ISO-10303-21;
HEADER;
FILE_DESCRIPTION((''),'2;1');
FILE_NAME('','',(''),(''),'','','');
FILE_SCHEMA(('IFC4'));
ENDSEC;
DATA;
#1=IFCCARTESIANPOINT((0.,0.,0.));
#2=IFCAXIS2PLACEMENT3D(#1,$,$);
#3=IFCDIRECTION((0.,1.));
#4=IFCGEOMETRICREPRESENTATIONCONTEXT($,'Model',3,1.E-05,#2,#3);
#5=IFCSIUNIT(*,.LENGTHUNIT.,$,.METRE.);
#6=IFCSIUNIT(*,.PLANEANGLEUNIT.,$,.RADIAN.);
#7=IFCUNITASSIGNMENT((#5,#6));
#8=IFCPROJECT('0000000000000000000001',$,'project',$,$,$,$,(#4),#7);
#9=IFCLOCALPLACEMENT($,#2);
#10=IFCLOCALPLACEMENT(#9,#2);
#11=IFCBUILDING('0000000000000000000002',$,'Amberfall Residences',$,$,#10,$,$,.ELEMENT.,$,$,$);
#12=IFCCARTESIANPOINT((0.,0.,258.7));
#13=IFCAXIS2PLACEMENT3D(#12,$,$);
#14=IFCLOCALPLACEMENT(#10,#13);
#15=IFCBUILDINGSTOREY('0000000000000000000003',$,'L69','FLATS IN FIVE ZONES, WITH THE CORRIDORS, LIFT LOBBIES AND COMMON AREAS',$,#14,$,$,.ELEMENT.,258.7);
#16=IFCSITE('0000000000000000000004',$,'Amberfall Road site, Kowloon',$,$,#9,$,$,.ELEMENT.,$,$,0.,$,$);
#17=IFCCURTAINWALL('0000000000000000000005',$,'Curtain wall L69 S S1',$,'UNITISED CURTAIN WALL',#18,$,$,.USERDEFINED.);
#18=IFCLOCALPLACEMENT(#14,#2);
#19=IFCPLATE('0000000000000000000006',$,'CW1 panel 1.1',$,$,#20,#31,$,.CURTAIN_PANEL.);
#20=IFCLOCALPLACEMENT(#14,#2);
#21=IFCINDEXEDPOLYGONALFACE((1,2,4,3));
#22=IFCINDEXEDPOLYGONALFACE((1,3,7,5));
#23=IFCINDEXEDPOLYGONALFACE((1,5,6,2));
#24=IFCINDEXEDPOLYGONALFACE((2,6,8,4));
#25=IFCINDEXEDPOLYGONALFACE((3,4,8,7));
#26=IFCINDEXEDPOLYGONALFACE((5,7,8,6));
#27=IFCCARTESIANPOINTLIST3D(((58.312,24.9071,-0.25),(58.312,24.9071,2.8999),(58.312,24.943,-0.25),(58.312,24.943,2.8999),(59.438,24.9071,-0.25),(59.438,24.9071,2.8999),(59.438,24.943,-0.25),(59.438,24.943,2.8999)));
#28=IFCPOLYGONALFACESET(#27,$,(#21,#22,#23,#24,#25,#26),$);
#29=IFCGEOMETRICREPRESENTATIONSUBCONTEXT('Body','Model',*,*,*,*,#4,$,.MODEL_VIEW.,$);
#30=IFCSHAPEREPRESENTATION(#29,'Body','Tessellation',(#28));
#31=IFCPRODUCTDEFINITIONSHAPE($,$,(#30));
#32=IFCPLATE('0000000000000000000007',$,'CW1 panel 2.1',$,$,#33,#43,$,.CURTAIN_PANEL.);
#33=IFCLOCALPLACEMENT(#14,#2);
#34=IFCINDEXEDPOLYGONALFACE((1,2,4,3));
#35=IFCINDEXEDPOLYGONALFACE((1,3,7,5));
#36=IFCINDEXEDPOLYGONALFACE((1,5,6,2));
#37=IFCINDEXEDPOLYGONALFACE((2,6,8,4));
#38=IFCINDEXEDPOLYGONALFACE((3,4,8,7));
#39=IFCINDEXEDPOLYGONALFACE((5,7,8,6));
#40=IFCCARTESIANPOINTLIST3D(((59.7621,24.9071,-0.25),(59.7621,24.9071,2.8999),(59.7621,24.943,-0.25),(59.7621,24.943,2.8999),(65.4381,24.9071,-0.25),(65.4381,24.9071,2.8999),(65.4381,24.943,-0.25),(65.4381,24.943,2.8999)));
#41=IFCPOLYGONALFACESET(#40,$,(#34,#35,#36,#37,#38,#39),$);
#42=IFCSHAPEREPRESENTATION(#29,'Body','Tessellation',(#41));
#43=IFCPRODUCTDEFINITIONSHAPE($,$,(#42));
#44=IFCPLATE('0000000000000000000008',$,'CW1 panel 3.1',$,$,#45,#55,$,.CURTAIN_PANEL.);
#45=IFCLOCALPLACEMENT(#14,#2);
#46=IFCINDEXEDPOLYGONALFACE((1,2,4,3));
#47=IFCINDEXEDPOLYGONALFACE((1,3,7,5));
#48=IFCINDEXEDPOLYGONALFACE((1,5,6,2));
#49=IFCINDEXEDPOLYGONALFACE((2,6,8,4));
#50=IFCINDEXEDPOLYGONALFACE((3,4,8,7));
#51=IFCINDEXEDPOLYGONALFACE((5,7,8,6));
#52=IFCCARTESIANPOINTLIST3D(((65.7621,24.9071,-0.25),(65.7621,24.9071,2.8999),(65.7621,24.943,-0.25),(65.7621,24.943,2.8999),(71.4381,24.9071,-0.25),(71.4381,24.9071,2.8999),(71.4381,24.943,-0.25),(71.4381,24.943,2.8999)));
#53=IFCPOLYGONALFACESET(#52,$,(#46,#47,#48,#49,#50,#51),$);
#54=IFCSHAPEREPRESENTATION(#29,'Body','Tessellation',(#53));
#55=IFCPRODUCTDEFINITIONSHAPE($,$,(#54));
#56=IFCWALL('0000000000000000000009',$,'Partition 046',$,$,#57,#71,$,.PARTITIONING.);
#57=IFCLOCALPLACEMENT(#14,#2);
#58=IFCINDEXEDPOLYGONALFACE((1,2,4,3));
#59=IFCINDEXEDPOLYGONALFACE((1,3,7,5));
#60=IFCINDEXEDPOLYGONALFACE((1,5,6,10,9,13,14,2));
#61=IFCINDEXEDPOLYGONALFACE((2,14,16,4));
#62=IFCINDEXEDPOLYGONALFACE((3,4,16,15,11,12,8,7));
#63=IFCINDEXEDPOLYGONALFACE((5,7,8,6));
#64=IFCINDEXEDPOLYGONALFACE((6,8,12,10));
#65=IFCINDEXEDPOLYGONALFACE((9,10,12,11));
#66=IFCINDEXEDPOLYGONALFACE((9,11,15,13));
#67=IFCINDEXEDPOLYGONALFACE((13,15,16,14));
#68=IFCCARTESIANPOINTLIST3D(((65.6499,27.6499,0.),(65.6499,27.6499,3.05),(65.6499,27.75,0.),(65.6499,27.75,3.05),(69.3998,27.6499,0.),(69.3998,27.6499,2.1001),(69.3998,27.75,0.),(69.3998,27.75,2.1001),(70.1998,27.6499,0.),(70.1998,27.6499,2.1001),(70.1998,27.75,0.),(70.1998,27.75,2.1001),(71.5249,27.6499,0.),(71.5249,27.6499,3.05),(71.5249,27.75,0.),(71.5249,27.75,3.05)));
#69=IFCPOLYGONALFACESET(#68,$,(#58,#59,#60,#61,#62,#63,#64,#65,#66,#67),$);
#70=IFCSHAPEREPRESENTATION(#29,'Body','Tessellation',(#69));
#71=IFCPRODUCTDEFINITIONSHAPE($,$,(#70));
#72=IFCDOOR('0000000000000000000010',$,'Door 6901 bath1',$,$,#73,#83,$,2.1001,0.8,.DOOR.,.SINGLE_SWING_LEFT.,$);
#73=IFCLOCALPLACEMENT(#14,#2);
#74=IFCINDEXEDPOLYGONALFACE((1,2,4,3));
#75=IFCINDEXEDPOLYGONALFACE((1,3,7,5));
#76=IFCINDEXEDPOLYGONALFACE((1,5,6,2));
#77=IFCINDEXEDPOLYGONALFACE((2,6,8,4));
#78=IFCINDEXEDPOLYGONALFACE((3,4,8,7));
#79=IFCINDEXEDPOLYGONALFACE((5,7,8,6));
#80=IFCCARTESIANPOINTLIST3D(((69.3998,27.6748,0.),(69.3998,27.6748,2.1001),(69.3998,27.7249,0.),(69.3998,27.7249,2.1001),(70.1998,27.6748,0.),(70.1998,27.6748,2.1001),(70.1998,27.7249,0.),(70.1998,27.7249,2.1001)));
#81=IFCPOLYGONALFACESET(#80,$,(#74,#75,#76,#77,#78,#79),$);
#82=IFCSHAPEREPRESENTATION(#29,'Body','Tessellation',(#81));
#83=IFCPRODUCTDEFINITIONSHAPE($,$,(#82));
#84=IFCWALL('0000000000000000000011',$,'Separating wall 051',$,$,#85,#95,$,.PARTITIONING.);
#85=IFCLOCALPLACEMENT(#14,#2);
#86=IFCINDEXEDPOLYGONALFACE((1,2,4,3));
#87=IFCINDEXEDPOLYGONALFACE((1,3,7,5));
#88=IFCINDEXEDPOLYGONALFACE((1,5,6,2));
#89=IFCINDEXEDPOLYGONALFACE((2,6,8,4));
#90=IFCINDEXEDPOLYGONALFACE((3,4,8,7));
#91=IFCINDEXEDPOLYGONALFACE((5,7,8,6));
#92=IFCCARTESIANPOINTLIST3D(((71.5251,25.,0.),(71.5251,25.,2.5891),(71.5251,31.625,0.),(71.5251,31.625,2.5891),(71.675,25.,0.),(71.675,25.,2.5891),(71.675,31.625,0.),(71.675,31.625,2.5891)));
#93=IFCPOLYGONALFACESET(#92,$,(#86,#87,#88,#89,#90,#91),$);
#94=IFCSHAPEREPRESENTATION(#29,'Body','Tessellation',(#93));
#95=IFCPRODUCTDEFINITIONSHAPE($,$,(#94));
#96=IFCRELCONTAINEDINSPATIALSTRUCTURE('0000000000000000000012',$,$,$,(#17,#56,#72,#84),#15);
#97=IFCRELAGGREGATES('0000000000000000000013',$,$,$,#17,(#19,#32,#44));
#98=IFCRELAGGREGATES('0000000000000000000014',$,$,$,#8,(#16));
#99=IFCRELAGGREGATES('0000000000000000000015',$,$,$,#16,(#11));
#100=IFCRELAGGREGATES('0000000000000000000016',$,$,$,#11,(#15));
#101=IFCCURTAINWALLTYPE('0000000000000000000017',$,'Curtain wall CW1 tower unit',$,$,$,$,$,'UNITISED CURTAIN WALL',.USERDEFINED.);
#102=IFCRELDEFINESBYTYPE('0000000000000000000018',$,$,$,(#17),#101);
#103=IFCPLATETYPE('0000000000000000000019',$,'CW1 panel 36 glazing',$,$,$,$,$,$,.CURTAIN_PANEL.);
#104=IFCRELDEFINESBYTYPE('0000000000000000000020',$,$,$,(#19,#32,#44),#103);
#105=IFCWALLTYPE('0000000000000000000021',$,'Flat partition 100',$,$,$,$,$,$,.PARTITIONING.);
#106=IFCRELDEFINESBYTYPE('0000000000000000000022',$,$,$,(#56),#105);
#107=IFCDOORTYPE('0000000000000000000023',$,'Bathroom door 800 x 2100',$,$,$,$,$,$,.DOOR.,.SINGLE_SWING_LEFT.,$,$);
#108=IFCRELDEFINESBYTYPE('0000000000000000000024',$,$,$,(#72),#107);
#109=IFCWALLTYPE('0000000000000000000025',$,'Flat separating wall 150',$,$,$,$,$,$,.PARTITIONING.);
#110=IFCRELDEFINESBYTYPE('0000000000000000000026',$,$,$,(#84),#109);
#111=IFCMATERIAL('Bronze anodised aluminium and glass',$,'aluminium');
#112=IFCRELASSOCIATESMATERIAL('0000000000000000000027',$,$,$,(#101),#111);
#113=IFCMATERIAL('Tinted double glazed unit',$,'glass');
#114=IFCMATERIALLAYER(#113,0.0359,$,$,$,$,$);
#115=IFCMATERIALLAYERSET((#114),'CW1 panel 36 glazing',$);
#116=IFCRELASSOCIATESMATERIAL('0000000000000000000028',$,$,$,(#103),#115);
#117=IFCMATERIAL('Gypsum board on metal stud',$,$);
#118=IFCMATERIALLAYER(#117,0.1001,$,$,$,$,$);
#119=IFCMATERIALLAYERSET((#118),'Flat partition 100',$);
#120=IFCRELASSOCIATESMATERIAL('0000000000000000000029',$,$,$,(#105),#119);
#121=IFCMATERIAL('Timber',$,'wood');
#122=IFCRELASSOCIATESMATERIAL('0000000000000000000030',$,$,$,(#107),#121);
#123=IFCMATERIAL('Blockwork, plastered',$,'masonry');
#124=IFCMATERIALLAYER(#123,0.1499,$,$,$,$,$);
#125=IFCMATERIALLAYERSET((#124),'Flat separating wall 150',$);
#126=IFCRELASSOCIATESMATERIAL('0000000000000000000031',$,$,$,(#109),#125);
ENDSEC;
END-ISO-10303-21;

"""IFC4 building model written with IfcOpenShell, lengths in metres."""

from ifc_helpers import new_model, si_unit, direction, frame, frame_2d, origin, origin_2d, place, context, subcontext, project, spatial, rectangle, extrude, material, layer, layer_set, type_object, element, fill, aggregate, save


model = new_model("IFC4")

# Units and contexts
model_context = context("Model", 3, precision=1e-05, world=origin(), true_north=direction((0.0, 1.0)))
body_context = subcontext(model_context, "Body", "Model", "MODEL_VIEW")
ifc_project = project(units=[si_unit("LENGTHUNIT", "METRE"), si_unit("PLANEANGLEUNIT", "RADIAN")], contexts=[model_context])

# Site, building, storey
site_placement = place(None, origin())
site = spatial("IfcSite", under=ifc_project, at=site_placement, Name="Amberfall Road site, Kowloon", CompositionType="ELEMENT", RefElevation=0.0)
building_placement = place(site_placement, origin())
building = spatial("IfcBuilding", under=site, at=building_placement, Name="Amberfall Residences", CompositionType="ELEMENT")
storey_placement = place(building_placement, frame((0.0, 0.0, 258.7)))
storey = spatial("IfcBuildingStorey", under=building, at=storey_placement, Name="L69", Description="FLATS IN FIVE ZONES, WITH THE CORRIDORS, LIFT LOBBIES AND COMMON AREAS", CompositionType="ELEMENT", Elevation=258.7)

# Curtain wall
ifc_material_1 = material(Name="Bronze anodised aluminium and glass", Category="aluminium")
curtain_wall_type = type_object("IfcCurtainWallType", Name="Curtain wall CW1 tower unit", ElementType="UNITISED CURTAIN WALL", PredefinedType="USERDEFINED", material=ifc_material_1)
curtain_wall_placement = place(storey_placement, origin())
curtain_wall = element("IfcCurtainWall", 1, at=curtain_wall_placement, inside=storey, type_object=curtain_wall_type, Name="Curtain wall L69 S S1", ObjectType="UNITISED CURTAIN WALL", PredefinedType="USERDEFINED")

# Plates
ifc_material_2 = material(Name="Tinted double glazed unit", Category="glass")
ifc_layer_1 = layer(ifc_material_2, 0.0359)
ifc_layer_set_1 = layer_set([ifc_layer_1], Name="CW1 panel 36 glazing")
plate_type = type_object("IfcPlateType", Name="CW1 panel 36 glazing", PredefinedType="CURTAIN_PANEL", material=ifc_layer_set_1)
plate_1_placement = place(storey_placement, frame((58.875, 24.925, -0.25), z_axis=(0.0, 0.0, 1.0), x_axis=(1.0, 0.0, 0.0)))
plate_1 = element("IfcPlate", 2, at=plate_1_placement, type_object=plate_type, Name="CW1 panel 1.1", PredefinedType="CURTAIN_PANEL", context=body_context, shape_type="SweptSolid", body=[
    extrude(rectangle(XDim=1.126, YDim=0.0359, at=origin_2d()), origin(), (0.0, 0.0, 1.0), 3.1499),
])
plate_2_placement = place(storey_placement, frame((62.6001, 24.925, -0.25), z_axis=(0.0, 0.0, 1.0), x_axis=(1.0, 0.0, 0.0)))
plate_2 = element("IfcPlate", 3, at=plate_2_placement, type_object=plate_type, Name="CW1 panel 2.1", PredefinedType="CURTAIN_PANEL", context=body_context, shape_type="SweptSolid", body=[
    extrude(rectangle(XDim=5.676, YDim=0.0359, at=origin_2d()), origin(), (0.0, 0.0, 1.0), 3.1499),
])
plate_3_placement = place(storey_placement, frame((68.6001, 24.925, -0.25), z_axis=(0.0, 0.0, 1.0), x_axis=(1.0, 0.0, 0.0)))
plate_3 = element("IfcPlate", 4, at=plate_3_placement, type_object=plate_type, Name="CW1 panel 3.1", PredefinedType="CURTAIN_PANEL", context=body_context, shape_type="SweptSolid", body=[
    extrude(rectangle(XDim=5.676, YDim=0.0359, at=origin_2d()), origin(), (0.0, 0.0, 1.0), 3.1499),
])
aggregate(curtain_wall, [plate_1, plate_2, plate_3])

# Wall, opening, door
ifc_material_3 = material(Name="Gypsum board on metal stud")
ifc_layer_2 = layer(ifc_material_3, 0.1001)
ifc_layer_set_2 = layer_set([ifc_layer_2], Name="Flat partition 100")
wall_type_1 = type_object("IfcWallType", Name="Flat partition 100", PredefinedType="PARTITIONING", material=ifc_layer_set_2)
wall_1_placement = place(storey_placement, frame((65.6499, 27.7, 0.0), z_axis=(0.0, 0.0, 1.0), x_axis=(1.0, 0.0, 0.0)))
wall_1 = element("IfcWall", 5, at=wall_1_placement, inside=storey, type_object=wall_type_1, Name="Partition 046", PredefinedType="PARTITIONING", context=body_context, shape_type="SweptSolid", body=[
    extrude(rectangle(XDim=5.875, YDim=0.1001, at=frame_2d((2.9375, 0.0))), origin(), (0.0, 0.0, 1.0), 3.05),
])
opening_placement = place(wall_1_placement, frame((3.75, 0.0, 0.0)))
opening = element("IfcOpeningElement", 6, at=opening_placement, cuts=wall_1, PredefinedType="OPENING", context=body_context, shape_type="SweptSolid", body=[
    extrude(rectangle(XDim=0.8, YDim=2.1001, at=frame_2d((0.3999, 1.05))), frame((0.0, 0.0601, 0.0), z_axis=(0.0, -1.0, 0.0), x_axis=(1.0, 0.0, 0.0)), (0.0, 0.0, 1.0), 0.1201),
])
ifc_material_4 = material(Name="Timber", Category="wood")
door_type = type_object("IfcDoorType", Name="Bathroom door 800 x 2100", OperationType="SINGLE_SWING_LEFT", PredefinedType="DOOR", material=ifc_material_4)
door_placement = place(opening_placement, origin())
door = element("IfcDoor", 7, at=door_placement, inside=storey, type_object=door_type, Name="Door 6901 bath1", OperationType="SINGLE_SWING_LEFT", OverallHeight=2.1001, OverallWidth=0.8, PredefinedType="DOOR", context=body_context, shape_type="SweptSolid", body=[
    extrude(rectangle(XDim=0.8, YDim=2.1001, at=frame_2d((0.3999, 1.05))), frame((0.0, 0.0249, 0.0), z_axis=(0.0, -1.0, 0.0), x_axis=(1.0, 0.0, 0.0)), (0.0, 0.0, 1.0), 0.05),
])
fill(opening, door)

# Wall
ifc_material_5 = material(Name="Blockwork, plastered", Category="masonry")
ifc_layer_3 = layer(ifc_material_5, 0.1499)
ifc_layer_set_3 = layer_set([ifc_layer_3], Name="Flat separating wall 150")
wall_type_2 = type_object("IfcWallType", Name="Flat separating wall 150", PredefinedType="PARTITIONING", material=ifc_layer_set_3)
wall_2_placement = place(storey_placement, frame((71.6001, 25.0, 0.0), z_axis=(0.0, 0.0, 1.0), x_axis=(0.0, 1.0, 0.0)))
element("IfcWall", 8, at=wall_2_placement, inside=storey, type_object=wall_type_2, Name="Separating wall 051", PredefinedType="PARTITIONING", context=body_context, shape_type="SweptSolid", body=[
    extrude(rectangle(XDim=6.625, YDim=0.1499, at=frame_2d((3.3125, 0.0))), origin(), (0.0, 0.0, 1.0), 2.5891),
])

save(model, "model.ifc")
